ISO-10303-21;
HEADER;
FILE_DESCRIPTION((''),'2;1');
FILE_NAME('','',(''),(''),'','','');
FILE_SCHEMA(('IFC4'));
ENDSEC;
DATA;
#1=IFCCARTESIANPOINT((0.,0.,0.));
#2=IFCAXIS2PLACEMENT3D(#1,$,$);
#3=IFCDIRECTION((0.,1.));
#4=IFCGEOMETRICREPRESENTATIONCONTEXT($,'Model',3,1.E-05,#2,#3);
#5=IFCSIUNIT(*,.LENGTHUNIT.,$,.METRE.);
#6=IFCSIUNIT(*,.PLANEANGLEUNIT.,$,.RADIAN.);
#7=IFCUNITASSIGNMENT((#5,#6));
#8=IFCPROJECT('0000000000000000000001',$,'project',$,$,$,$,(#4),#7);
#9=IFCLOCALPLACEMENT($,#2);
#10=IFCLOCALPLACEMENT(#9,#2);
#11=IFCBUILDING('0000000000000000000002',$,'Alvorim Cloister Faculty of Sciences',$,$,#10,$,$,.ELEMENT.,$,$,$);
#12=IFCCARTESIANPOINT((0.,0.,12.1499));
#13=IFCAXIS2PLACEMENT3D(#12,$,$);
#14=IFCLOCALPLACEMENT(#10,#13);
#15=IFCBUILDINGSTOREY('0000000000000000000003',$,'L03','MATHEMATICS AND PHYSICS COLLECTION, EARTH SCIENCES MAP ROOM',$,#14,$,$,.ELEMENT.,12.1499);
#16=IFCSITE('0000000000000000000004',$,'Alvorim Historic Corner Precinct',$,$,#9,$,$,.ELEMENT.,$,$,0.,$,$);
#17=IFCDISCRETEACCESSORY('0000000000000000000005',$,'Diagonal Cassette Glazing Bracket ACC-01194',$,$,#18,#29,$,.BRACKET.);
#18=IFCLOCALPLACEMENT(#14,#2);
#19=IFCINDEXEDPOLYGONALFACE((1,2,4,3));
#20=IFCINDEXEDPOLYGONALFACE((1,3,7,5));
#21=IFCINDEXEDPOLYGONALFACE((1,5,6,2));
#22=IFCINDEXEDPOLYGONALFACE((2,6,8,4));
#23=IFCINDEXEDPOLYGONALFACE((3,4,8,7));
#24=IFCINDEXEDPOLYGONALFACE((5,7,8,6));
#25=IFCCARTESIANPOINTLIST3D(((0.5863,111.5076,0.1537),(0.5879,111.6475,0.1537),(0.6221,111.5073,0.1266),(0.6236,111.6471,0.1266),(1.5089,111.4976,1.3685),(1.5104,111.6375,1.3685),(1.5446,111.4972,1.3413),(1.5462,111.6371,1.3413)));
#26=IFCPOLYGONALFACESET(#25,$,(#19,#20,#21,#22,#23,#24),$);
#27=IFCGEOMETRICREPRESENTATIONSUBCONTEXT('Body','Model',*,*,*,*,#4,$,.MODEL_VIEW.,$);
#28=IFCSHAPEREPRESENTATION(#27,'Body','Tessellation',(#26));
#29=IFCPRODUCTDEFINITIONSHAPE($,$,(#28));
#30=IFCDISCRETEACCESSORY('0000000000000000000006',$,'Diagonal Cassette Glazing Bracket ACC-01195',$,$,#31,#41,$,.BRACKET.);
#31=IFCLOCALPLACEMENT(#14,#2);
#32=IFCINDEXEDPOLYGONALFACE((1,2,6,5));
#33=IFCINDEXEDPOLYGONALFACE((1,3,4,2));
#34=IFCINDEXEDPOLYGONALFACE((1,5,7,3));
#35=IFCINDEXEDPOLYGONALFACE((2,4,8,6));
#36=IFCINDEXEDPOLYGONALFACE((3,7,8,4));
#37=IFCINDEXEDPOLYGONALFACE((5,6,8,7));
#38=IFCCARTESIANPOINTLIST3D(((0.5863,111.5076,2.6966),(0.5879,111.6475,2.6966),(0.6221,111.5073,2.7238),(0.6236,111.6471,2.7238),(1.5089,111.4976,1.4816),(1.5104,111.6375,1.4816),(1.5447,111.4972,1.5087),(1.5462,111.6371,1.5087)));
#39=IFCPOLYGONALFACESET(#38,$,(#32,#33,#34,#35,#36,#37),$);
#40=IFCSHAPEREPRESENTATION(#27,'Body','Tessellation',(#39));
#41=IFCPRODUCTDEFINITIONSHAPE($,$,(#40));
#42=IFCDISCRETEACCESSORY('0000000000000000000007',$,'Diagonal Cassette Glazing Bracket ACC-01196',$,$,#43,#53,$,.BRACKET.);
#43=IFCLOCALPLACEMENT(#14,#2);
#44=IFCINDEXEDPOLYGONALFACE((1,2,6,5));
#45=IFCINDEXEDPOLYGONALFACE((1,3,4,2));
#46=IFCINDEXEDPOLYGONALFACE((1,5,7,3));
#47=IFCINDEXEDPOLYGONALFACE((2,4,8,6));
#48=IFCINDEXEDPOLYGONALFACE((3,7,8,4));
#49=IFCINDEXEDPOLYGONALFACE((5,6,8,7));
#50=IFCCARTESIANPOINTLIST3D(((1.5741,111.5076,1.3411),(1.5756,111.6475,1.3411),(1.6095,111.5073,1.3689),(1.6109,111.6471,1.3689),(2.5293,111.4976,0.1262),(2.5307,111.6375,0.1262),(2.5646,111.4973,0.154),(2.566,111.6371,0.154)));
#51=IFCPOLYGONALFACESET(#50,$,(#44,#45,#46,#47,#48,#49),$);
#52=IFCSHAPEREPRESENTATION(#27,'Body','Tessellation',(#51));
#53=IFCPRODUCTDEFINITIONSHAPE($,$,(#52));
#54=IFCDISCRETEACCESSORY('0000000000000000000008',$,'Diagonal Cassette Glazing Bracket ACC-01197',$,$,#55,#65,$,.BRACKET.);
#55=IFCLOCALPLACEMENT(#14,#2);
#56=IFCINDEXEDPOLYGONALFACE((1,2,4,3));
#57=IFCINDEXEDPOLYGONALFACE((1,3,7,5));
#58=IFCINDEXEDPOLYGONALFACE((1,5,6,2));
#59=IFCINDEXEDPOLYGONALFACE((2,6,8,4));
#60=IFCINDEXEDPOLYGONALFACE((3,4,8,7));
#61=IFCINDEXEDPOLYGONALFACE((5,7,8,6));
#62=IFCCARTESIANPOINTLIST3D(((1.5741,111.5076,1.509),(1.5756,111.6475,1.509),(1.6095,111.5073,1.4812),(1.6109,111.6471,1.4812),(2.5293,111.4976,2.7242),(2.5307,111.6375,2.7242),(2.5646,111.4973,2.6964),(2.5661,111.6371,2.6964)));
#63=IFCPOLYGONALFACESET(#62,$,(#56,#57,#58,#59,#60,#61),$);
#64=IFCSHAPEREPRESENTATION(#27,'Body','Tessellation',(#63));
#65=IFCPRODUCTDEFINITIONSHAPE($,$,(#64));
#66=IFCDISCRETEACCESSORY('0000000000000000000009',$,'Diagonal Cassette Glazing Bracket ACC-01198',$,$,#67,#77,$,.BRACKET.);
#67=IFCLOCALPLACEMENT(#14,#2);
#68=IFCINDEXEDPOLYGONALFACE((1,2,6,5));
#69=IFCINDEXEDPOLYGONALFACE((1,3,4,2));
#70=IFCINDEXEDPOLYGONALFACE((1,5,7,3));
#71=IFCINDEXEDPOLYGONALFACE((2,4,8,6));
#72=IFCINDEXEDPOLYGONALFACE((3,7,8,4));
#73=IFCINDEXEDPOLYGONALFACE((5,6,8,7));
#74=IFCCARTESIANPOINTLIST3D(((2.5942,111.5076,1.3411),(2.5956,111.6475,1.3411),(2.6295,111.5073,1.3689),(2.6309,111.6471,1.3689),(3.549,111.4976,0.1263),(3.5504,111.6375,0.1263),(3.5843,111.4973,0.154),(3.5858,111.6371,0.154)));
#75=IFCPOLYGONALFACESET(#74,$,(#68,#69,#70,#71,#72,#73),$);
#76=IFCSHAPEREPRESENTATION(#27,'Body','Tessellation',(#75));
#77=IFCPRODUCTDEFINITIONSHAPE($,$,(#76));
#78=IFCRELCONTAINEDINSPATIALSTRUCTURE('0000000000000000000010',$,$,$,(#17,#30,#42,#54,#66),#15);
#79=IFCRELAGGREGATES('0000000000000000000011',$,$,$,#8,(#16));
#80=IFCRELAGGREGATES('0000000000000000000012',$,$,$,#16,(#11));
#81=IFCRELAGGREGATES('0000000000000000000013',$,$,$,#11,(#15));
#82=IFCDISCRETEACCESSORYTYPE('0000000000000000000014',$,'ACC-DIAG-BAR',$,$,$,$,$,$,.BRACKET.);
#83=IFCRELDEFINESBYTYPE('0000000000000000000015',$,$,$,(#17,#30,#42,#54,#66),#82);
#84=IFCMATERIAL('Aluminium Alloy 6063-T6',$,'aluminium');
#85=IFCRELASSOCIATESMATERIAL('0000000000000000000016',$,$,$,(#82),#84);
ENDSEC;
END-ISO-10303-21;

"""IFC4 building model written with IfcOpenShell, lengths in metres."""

from ifc_helpers import new_model, si_unit, direction, frame, origin, origin_2d, place, context, subcontext, project, spatial, rectangle, extrude, material, type_object, element, save


model = new_model("IFC4")

# Units and contexts
model_context = context("Model", 3, precision=1e-05, world=origin(), true_north=direction((0.0, 1.0)))
body_context = subcontext(model_context, "Body", "Model", "MODEL_VIEW")
ifc_project = project(units=[si_unit("LENGTHUNIT", "METRE"), si_unit("PLANEANGLEUNIT", "RADIAN")], contexts=[model_context])

# Site, building, storey
site_placement = place(None, origin())
site = spatial("IfcSite", under=ifc_project, at=site_placement, Name="Alvorim Historic Corner Precinct", CompositionType="ELEMENT", RefElevation=0.0)
building_placement = place(site_placement, origin())
building = spatial("IfcBuilding", under=site, at=building_placement, Name="Alvorim Cloister Faculty of Sciences", CompositionType="ELEMENT")
storey_placement = place(building_placement, frame((0.0, 0.0, 12.1499)))
storey = spatial("IfcBuildingStorey", under=building, at=storey_placement, Name="L03", Description="MATHEMATICS AND PHYSICS COLLECTION, EARTH SCIENCES MAP ROOM", CompositionType="ELEMENT", Elevation=12.1499)

# Shared definitions
ifc_material_1 = material(Name="Aluminium Alloy 6063-T6", Category="aluminium")

# Discrete accessories
discrete_accessory_type = type_object("IfcDiscreteAccessoryType", Name="ACC-DIAG-BAR", PredefinedType="BRACKET", material=ifc_material_1)
discrete_accessory_1_placement = place(storey_placement, frame((0.605, 111.5774, 0.1401), z_axis=(0.60479, -0.006562, 0.796358), x_axis=(0.010849, 0.999941, 0.0)))
element("IfcDiscreteAccessory", 1, at=discrete_accessory_1_placement, inside=storey, type_object=discrete_accessory_type, Name="Diagonal Cassette Glazing Bracket ACC-01194", PredefinedType="BRACKET", context=body_context, shape_type="SweptSolid", body=[
    extrude(rectangle(XDim=0.1399, YDim=0.0449, at=origin_2d()), origin(), (0.0, 0.0, 1.0), 1.5254),
])
discrete_accessory_2_placement = place(storey_placement, frame((0.605, 111.5774, 2.7102), z_axis=(0.604713, -0.006561, -0.796416), x_axis=(0.010849, 0.999941, 0.0)))
element("IfcDiscreteAccessory", 2, at=discrete_accessory_2_placement, inside=storey, type_object=discrete_accessory_type, Name="Diagonal Cassette Glazing Bracket ACC-01195", PredefinedType="BRACKET", context=body_context, shape_type="SweptSolid", body=[
    extrude(rectangle(XDim=0.1399, YDim=0.0449, at=origin_2d()), origin(), (0.0, 0.0, 1.0), 1.5256),
])
discrete_accessory_3_placement = place(storey_placement, frame((1.5925, 111.5774, 1.355), z_axis=(0.618032, -0.006477, -0.786126), x_axis=(0.01048, 0.999945, 0.0)))
element("IfcDiscreteAccessory", 3, at=discrete_accessory_3_placement, inside=storey, type_object=discrete_accessory_type, Name="Diagonal Cassette Glazing Bracket ACC-01196", PredefinedType="BRACKET", context=body_context, shape_type="SweptSolid", body=[
    extrude(rectangle(XDim=0.1399, YDim=0.0449, at=origin_2d()), origin(), (0.0, 0.0, 1.0), 1.5454),
])
discrete_accessory_4_placement = place(storey_placement, frame((1.5925, 111.5774, 1.4951), z_axis=(0.617955, -0.006477, 0.786187), x_axis=(0.01048, 0.999945, 0.0)))
element("IfcDiscreteAccessory", 4, at=discrete_accessory_4_placement, inside=storey, type_object=discrete_accessory_type, Name="Diagonal Cassette Glazing Bracket ACC-01197", PredefinedType="BRACKET", context=body_context, shape_type="SweptSolid", body=[
    extrude(rectangle(XDim=0.1399, YDim=0.0449, at=origin_2d()), origin(), (0.0, 0.0, 1.0), 1.5457),
])
discrete_accessory_5_placement = place(storey_placement, frame((2.6125, 111.5774, 1.355), z_axis=(0.617934, -0.006478, -0.786203), x_axis=(0.010483, 0.999945, 0.0)))
element("IfcDiscreteAccessory", 5, at=discrete_accessory_5_placement, inside=storey, type_object=discrete_accessory_type, Name="Diagonal Cassette Glazing Bracket ACC-01198", PredefinedType="BRACKET", context=body_context, shape_type="SweptSolid", body=[
    extrude(rectangle(XDim=0.1399, YDim=0.0449, at=origin_2d()), origin(), (0.0, 0.0, 1.0), 1.5452),
])

save(model, "model.ifc")
